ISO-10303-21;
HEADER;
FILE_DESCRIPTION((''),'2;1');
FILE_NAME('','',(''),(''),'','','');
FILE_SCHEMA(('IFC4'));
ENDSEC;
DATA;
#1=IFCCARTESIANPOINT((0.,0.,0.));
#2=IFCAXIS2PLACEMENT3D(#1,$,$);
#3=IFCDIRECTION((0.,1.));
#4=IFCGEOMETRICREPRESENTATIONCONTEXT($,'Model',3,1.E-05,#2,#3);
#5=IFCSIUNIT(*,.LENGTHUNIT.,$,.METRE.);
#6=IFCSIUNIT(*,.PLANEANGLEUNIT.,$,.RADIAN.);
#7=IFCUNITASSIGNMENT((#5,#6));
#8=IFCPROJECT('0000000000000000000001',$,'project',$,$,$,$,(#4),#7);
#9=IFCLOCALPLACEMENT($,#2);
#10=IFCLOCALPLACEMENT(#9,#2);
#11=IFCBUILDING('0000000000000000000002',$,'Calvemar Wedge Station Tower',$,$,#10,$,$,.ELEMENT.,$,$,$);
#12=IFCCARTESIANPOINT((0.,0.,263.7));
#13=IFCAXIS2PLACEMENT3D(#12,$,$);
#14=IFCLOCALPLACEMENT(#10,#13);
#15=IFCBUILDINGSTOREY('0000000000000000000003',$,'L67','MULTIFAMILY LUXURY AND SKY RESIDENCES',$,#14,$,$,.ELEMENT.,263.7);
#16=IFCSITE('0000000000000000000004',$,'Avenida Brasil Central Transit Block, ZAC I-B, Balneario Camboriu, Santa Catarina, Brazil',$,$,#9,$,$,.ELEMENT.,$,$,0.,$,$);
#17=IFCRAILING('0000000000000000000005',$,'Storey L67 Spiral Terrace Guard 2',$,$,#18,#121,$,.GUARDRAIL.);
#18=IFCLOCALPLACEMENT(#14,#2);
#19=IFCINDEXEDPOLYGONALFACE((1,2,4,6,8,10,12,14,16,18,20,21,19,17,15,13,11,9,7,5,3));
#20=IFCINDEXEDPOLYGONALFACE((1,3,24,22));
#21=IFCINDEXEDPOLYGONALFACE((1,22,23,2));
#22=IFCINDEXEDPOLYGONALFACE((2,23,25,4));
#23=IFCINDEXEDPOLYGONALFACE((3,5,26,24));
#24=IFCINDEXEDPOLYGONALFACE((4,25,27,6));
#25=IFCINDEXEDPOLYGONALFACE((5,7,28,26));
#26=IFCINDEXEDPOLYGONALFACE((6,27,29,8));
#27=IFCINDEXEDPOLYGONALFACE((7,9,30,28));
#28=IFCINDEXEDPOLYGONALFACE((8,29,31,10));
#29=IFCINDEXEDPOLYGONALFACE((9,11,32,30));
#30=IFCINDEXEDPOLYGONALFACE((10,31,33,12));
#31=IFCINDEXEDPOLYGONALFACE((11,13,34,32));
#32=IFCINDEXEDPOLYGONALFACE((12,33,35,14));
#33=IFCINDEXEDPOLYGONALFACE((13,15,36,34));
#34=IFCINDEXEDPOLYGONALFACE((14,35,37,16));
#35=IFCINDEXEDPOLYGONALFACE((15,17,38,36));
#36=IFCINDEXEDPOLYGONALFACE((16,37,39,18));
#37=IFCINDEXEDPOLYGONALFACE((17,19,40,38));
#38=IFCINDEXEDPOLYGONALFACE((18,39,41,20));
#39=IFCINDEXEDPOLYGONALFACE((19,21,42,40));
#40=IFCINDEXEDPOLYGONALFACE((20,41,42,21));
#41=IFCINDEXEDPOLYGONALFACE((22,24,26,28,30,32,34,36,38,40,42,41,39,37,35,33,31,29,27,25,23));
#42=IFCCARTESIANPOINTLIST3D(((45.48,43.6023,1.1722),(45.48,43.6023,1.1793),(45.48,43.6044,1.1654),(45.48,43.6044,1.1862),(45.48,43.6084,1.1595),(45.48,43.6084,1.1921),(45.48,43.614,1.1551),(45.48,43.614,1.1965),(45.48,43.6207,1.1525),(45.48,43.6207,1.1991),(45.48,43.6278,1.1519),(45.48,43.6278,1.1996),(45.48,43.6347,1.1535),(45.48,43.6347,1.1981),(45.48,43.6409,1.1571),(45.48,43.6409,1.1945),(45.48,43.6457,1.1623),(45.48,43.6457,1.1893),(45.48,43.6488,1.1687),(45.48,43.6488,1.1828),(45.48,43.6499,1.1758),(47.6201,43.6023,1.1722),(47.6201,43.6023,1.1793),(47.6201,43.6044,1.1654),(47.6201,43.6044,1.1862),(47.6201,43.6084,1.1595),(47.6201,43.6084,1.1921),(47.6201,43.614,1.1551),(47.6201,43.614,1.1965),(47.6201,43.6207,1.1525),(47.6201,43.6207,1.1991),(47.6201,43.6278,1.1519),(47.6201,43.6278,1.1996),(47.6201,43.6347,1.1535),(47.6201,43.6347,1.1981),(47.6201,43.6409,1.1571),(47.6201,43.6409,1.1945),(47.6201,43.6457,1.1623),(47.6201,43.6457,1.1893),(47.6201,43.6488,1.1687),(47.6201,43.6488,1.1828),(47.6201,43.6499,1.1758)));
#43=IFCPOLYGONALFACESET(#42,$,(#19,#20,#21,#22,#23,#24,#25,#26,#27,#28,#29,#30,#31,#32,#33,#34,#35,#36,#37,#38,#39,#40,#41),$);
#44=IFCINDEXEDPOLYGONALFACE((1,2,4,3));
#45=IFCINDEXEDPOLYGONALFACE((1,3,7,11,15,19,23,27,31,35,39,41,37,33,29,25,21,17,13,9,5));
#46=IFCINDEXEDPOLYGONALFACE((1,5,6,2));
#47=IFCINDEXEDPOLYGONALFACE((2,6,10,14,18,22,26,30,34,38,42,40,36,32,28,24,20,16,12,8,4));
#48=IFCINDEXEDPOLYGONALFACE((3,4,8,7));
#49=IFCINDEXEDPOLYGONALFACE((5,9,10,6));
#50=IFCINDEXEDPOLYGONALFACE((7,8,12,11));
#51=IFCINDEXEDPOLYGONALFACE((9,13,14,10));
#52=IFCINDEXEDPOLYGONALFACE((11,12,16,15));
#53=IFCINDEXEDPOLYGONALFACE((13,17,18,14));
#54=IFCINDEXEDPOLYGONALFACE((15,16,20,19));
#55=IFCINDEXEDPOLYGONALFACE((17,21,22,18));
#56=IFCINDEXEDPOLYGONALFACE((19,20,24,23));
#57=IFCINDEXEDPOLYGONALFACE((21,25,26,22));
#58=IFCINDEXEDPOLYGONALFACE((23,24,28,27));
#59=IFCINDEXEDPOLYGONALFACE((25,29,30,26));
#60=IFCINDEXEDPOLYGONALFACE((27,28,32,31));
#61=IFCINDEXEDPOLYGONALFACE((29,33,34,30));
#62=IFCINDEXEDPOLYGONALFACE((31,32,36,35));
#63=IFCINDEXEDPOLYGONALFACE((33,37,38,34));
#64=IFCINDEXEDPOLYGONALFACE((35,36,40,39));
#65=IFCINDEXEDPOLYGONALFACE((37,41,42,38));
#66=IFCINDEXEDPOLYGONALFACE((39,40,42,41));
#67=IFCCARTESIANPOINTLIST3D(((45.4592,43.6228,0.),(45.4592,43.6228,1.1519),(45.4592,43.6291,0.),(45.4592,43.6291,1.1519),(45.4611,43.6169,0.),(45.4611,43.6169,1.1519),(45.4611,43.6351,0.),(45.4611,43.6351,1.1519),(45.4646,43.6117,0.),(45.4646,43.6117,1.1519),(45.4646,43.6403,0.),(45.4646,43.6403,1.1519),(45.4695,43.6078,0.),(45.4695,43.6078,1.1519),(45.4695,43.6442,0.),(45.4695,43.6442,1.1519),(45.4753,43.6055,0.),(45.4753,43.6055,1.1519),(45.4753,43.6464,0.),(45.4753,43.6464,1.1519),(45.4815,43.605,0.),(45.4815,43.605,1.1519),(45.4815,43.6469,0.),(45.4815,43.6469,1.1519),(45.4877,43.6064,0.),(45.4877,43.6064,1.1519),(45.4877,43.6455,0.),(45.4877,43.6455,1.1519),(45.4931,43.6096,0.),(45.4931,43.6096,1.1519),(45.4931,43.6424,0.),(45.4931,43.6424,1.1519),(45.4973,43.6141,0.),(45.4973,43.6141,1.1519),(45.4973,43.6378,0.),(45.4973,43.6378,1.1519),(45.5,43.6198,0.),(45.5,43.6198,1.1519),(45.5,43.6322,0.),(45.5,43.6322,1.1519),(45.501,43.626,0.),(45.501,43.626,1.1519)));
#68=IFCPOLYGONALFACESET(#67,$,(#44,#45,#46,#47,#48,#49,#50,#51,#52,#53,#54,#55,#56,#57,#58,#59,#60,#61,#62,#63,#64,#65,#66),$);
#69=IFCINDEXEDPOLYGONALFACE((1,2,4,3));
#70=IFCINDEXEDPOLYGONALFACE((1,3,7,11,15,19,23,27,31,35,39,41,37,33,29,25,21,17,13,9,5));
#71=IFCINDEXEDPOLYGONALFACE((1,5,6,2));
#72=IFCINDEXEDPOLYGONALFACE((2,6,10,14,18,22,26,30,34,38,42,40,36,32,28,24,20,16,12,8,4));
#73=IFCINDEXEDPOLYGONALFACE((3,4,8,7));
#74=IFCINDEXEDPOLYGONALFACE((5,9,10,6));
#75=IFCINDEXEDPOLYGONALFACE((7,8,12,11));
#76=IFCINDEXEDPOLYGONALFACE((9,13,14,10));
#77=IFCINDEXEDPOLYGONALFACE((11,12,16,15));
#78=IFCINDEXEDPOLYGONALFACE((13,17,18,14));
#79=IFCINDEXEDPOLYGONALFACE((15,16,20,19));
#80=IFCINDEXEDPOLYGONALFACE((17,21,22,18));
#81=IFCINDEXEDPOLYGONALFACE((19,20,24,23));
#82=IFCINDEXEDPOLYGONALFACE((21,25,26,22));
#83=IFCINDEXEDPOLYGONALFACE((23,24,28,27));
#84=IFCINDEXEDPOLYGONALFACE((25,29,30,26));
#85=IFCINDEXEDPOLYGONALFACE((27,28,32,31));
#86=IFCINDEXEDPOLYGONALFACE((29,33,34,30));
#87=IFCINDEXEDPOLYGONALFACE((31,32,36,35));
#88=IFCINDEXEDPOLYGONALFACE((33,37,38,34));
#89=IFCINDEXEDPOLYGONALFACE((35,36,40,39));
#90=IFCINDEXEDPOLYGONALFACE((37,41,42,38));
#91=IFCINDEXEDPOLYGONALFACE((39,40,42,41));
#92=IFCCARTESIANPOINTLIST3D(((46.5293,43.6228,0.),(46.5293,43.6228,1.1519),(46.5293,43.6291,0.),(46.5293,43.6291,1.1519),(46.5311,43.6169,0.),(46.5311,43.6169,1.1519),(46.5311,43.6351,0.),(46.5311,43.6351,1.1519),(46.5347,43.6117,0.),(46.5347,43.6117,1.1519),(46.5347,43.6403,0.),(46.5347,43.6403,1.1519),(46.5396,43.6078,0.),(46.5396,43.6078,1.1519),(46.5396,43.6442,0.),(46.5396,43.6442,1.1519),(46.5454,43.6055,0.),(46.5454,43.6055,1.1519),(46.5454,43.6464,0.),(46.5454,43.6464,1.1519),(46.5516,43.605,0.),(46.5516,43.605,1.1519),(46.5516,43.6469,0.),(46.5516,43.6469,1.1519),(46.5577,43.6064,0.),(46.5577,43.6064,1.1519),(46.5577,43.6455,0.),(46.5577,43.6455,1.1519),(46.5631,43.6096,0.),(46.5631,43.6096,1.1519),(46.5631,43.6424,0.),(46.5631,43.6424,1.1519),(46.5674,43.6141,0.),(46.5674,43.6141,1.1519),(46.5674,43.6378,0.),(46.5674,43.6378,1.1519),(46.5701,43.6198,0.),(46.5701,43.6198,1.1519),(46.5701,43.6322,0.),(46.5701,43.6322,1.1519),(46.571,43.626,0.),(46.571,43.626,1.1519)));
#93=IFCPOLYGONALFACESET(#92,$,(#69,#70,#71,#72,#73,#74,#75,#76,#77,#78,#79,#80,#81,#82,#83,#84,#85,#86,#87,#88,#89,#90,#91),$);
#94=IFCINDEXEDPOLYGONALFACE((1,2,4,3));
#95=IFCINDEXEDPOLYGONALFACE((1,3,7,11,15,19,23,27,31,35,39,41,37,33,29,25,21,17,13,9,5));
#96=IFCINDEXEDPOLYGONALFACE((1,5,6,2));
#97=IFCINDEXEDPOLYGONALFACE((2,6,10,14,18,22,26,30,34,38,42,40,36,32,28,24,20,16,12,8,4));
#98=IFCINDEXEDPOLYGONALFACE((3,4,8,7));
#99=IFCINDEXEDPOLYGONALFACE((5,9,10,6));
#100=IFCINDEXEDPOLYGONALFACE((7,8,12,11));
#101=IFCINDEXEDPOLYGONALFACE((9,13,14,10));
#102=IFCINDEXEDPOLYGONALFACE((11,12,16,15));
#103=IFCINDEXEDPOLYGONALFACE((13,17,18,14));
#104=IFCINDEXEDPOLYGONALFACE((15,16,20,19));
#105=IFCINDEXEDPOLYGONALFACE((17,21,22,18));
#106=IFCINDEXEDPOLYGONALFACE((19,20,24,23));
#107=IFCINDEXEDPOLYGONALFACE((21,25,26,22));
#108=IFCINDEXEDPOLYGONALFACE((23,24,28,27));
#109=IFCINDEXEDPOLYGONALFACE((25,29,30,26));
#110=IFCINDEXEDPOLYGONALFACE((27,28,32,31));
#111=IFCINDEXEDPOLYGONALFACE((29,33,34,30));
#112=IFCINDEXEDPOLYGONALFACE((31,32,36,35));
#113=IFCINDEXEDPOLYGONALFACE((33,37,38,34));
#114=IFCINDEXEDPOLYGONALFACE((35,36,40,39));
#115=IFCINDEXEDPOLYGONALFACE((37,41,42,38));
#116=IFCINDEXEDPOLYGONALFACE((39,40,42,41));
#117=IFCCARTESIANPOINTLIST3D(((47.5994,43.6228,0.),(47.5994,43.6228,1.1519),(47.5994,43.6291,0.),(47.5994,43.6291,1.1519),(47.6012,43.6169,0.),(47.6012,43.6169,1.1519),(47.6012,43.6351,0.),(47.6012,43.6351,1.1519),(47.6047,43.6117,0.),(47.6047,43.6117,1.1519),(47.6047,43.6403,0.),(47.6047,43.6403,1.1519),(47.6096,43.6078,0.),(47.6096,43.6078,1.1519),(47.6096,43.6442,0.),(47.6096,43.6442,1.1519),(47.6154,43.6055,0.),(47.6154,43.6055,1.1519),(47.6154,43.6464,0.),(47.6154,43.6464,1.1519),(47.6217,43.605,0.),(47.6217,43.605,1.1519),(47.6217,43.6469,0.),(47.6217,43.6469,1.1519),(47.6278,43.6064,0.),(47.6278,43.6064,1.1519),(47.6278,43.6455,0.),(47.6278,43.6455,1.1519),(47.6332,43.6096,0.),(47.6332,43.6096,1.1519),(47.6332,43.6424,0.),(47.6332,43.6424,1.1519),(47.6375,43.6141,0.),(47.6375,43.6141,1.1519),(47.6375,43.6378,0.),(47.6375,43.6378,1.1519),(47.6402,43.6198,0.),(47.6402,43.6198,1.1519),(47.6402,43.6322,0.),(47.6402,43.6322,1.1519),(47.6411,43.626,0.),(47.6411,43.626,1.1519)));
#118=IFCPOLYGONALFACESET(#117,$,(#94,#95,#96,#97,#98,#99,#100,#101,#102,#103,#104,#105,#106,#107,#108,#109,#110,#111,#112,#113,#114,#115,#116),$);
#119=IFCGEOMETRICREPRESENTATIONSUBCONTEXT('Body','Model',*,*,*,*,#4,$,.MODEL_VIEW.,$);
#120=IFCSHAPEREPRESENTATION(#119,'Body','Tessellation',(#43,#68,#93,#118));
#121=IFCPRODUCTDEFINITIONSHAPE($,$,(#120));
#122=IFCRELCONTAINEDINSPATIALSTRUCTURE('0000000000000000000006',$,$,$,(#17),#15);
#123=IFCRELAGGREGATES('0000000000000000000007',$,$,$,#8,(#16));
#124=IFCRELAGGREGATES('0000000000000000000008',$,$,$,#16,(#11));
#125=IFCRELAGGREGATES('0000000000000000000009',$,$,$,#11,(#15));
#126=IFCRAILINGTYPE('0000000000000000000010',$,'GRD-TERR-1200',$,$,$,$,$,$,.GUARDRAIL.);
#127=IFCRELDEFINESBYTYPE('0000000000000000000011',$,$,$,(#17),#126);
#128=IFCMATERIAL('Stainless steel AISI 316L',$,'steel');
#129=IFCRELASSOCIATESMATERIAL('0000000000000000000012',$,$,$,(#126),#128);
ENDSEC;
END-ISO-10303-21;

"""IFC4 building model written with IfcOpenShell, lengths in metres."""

from ifc_helpers import new_model, si_unit, direction, frame, origin, origin_2d, place, context, subcontext, project, spatial, circle, extrude, material, type_object, element, save


model = new_model("IFC4")

# Units and contexts
model_context = context("Model", 3, precision=1e-05, world=origin(), true_north=direction((0.0, 1.0)))
body_context = subcontext(model_context, "Body", "Model", "MODEL_VIEW")
ifc_project = project(units=[si_unit("LENGTHUNIT", "METRE"), si_unit("PLANEANGLEUNIT", "RADIAN")], contexts=[model_context])

# Site, building, storey
site_placement = place(None, origin())
site = spatial("IfcSite", under=ifc_project, at=site_placement, Name="Avenida Brasil Central Transit Block, ZAC I-B, Balneario Camboriu, Santa Catarina, Brazil", CompositionType="ELEMENT", RefElevation=0.0)
building_placement = place(site_placement, origin())
building = spatial("IfcBuilding", under=site, at=building_placement, Name="Calvemar Wedge Station Tower", CompositionType="ELEMENT")
storey_placement = place(building_placement, frame((0.0, 0.0, 263.7)))
storey = spatial("IfcBuildingStorey", under=building, at=storey_placement, Name="L67", Description="MULTIFAMILY LUXURY AND SKY RESIDENCES", CompositionType="ELEMENT", Elevation=263.7)

# Railing
ifc_material_1 = material(Name="Stainless steel AISI 316L", Category="steel")
railing_type = type_object("IfcRailingType", Name="GRD-TERR-1200", PredefinedType="GUARDRAIL", material=ifc_material_1)
railing_1_placement = place(storey_placement, frame((45.48, 43.626, 0.0)))
element("IfcRailing", 1, at=railing_1_placement, inside=storey, type_object=railing_type, Name="Storey L67 Spiral Terrace Guard 2", PredefinedType="GUARDRAIL", context=body_context, shape_type="SweptSolid", body=[
    extrude(circle(Radius=0.0239, at=origin_2d()), frame((0.0, 0.0, 1.1758), z_axis=(1.0, 0.0, 0.0), x_axis=(0.0, 1.0, 0.0)), (0.0, 0.0, 1.0), 2.1401),
    extrude(circle(Radius=0.021, at=origin_2d()), origin(), (0.0, 0.0, 1.0), 1.1519),
    extrude(circle(Radius=0.021, at=origin_2d()), frame((1.0701, 0.0, 0.0)), (0.0, 0.0, 1.0), 1.1519),
    extrude(circle(Radius=0.021, at=origin_2d()), frame((2.1401, 0.0, 0.0)), (0.0, 0.0, 1.0), 1.1519),
])

save(model, "model.ifc")
